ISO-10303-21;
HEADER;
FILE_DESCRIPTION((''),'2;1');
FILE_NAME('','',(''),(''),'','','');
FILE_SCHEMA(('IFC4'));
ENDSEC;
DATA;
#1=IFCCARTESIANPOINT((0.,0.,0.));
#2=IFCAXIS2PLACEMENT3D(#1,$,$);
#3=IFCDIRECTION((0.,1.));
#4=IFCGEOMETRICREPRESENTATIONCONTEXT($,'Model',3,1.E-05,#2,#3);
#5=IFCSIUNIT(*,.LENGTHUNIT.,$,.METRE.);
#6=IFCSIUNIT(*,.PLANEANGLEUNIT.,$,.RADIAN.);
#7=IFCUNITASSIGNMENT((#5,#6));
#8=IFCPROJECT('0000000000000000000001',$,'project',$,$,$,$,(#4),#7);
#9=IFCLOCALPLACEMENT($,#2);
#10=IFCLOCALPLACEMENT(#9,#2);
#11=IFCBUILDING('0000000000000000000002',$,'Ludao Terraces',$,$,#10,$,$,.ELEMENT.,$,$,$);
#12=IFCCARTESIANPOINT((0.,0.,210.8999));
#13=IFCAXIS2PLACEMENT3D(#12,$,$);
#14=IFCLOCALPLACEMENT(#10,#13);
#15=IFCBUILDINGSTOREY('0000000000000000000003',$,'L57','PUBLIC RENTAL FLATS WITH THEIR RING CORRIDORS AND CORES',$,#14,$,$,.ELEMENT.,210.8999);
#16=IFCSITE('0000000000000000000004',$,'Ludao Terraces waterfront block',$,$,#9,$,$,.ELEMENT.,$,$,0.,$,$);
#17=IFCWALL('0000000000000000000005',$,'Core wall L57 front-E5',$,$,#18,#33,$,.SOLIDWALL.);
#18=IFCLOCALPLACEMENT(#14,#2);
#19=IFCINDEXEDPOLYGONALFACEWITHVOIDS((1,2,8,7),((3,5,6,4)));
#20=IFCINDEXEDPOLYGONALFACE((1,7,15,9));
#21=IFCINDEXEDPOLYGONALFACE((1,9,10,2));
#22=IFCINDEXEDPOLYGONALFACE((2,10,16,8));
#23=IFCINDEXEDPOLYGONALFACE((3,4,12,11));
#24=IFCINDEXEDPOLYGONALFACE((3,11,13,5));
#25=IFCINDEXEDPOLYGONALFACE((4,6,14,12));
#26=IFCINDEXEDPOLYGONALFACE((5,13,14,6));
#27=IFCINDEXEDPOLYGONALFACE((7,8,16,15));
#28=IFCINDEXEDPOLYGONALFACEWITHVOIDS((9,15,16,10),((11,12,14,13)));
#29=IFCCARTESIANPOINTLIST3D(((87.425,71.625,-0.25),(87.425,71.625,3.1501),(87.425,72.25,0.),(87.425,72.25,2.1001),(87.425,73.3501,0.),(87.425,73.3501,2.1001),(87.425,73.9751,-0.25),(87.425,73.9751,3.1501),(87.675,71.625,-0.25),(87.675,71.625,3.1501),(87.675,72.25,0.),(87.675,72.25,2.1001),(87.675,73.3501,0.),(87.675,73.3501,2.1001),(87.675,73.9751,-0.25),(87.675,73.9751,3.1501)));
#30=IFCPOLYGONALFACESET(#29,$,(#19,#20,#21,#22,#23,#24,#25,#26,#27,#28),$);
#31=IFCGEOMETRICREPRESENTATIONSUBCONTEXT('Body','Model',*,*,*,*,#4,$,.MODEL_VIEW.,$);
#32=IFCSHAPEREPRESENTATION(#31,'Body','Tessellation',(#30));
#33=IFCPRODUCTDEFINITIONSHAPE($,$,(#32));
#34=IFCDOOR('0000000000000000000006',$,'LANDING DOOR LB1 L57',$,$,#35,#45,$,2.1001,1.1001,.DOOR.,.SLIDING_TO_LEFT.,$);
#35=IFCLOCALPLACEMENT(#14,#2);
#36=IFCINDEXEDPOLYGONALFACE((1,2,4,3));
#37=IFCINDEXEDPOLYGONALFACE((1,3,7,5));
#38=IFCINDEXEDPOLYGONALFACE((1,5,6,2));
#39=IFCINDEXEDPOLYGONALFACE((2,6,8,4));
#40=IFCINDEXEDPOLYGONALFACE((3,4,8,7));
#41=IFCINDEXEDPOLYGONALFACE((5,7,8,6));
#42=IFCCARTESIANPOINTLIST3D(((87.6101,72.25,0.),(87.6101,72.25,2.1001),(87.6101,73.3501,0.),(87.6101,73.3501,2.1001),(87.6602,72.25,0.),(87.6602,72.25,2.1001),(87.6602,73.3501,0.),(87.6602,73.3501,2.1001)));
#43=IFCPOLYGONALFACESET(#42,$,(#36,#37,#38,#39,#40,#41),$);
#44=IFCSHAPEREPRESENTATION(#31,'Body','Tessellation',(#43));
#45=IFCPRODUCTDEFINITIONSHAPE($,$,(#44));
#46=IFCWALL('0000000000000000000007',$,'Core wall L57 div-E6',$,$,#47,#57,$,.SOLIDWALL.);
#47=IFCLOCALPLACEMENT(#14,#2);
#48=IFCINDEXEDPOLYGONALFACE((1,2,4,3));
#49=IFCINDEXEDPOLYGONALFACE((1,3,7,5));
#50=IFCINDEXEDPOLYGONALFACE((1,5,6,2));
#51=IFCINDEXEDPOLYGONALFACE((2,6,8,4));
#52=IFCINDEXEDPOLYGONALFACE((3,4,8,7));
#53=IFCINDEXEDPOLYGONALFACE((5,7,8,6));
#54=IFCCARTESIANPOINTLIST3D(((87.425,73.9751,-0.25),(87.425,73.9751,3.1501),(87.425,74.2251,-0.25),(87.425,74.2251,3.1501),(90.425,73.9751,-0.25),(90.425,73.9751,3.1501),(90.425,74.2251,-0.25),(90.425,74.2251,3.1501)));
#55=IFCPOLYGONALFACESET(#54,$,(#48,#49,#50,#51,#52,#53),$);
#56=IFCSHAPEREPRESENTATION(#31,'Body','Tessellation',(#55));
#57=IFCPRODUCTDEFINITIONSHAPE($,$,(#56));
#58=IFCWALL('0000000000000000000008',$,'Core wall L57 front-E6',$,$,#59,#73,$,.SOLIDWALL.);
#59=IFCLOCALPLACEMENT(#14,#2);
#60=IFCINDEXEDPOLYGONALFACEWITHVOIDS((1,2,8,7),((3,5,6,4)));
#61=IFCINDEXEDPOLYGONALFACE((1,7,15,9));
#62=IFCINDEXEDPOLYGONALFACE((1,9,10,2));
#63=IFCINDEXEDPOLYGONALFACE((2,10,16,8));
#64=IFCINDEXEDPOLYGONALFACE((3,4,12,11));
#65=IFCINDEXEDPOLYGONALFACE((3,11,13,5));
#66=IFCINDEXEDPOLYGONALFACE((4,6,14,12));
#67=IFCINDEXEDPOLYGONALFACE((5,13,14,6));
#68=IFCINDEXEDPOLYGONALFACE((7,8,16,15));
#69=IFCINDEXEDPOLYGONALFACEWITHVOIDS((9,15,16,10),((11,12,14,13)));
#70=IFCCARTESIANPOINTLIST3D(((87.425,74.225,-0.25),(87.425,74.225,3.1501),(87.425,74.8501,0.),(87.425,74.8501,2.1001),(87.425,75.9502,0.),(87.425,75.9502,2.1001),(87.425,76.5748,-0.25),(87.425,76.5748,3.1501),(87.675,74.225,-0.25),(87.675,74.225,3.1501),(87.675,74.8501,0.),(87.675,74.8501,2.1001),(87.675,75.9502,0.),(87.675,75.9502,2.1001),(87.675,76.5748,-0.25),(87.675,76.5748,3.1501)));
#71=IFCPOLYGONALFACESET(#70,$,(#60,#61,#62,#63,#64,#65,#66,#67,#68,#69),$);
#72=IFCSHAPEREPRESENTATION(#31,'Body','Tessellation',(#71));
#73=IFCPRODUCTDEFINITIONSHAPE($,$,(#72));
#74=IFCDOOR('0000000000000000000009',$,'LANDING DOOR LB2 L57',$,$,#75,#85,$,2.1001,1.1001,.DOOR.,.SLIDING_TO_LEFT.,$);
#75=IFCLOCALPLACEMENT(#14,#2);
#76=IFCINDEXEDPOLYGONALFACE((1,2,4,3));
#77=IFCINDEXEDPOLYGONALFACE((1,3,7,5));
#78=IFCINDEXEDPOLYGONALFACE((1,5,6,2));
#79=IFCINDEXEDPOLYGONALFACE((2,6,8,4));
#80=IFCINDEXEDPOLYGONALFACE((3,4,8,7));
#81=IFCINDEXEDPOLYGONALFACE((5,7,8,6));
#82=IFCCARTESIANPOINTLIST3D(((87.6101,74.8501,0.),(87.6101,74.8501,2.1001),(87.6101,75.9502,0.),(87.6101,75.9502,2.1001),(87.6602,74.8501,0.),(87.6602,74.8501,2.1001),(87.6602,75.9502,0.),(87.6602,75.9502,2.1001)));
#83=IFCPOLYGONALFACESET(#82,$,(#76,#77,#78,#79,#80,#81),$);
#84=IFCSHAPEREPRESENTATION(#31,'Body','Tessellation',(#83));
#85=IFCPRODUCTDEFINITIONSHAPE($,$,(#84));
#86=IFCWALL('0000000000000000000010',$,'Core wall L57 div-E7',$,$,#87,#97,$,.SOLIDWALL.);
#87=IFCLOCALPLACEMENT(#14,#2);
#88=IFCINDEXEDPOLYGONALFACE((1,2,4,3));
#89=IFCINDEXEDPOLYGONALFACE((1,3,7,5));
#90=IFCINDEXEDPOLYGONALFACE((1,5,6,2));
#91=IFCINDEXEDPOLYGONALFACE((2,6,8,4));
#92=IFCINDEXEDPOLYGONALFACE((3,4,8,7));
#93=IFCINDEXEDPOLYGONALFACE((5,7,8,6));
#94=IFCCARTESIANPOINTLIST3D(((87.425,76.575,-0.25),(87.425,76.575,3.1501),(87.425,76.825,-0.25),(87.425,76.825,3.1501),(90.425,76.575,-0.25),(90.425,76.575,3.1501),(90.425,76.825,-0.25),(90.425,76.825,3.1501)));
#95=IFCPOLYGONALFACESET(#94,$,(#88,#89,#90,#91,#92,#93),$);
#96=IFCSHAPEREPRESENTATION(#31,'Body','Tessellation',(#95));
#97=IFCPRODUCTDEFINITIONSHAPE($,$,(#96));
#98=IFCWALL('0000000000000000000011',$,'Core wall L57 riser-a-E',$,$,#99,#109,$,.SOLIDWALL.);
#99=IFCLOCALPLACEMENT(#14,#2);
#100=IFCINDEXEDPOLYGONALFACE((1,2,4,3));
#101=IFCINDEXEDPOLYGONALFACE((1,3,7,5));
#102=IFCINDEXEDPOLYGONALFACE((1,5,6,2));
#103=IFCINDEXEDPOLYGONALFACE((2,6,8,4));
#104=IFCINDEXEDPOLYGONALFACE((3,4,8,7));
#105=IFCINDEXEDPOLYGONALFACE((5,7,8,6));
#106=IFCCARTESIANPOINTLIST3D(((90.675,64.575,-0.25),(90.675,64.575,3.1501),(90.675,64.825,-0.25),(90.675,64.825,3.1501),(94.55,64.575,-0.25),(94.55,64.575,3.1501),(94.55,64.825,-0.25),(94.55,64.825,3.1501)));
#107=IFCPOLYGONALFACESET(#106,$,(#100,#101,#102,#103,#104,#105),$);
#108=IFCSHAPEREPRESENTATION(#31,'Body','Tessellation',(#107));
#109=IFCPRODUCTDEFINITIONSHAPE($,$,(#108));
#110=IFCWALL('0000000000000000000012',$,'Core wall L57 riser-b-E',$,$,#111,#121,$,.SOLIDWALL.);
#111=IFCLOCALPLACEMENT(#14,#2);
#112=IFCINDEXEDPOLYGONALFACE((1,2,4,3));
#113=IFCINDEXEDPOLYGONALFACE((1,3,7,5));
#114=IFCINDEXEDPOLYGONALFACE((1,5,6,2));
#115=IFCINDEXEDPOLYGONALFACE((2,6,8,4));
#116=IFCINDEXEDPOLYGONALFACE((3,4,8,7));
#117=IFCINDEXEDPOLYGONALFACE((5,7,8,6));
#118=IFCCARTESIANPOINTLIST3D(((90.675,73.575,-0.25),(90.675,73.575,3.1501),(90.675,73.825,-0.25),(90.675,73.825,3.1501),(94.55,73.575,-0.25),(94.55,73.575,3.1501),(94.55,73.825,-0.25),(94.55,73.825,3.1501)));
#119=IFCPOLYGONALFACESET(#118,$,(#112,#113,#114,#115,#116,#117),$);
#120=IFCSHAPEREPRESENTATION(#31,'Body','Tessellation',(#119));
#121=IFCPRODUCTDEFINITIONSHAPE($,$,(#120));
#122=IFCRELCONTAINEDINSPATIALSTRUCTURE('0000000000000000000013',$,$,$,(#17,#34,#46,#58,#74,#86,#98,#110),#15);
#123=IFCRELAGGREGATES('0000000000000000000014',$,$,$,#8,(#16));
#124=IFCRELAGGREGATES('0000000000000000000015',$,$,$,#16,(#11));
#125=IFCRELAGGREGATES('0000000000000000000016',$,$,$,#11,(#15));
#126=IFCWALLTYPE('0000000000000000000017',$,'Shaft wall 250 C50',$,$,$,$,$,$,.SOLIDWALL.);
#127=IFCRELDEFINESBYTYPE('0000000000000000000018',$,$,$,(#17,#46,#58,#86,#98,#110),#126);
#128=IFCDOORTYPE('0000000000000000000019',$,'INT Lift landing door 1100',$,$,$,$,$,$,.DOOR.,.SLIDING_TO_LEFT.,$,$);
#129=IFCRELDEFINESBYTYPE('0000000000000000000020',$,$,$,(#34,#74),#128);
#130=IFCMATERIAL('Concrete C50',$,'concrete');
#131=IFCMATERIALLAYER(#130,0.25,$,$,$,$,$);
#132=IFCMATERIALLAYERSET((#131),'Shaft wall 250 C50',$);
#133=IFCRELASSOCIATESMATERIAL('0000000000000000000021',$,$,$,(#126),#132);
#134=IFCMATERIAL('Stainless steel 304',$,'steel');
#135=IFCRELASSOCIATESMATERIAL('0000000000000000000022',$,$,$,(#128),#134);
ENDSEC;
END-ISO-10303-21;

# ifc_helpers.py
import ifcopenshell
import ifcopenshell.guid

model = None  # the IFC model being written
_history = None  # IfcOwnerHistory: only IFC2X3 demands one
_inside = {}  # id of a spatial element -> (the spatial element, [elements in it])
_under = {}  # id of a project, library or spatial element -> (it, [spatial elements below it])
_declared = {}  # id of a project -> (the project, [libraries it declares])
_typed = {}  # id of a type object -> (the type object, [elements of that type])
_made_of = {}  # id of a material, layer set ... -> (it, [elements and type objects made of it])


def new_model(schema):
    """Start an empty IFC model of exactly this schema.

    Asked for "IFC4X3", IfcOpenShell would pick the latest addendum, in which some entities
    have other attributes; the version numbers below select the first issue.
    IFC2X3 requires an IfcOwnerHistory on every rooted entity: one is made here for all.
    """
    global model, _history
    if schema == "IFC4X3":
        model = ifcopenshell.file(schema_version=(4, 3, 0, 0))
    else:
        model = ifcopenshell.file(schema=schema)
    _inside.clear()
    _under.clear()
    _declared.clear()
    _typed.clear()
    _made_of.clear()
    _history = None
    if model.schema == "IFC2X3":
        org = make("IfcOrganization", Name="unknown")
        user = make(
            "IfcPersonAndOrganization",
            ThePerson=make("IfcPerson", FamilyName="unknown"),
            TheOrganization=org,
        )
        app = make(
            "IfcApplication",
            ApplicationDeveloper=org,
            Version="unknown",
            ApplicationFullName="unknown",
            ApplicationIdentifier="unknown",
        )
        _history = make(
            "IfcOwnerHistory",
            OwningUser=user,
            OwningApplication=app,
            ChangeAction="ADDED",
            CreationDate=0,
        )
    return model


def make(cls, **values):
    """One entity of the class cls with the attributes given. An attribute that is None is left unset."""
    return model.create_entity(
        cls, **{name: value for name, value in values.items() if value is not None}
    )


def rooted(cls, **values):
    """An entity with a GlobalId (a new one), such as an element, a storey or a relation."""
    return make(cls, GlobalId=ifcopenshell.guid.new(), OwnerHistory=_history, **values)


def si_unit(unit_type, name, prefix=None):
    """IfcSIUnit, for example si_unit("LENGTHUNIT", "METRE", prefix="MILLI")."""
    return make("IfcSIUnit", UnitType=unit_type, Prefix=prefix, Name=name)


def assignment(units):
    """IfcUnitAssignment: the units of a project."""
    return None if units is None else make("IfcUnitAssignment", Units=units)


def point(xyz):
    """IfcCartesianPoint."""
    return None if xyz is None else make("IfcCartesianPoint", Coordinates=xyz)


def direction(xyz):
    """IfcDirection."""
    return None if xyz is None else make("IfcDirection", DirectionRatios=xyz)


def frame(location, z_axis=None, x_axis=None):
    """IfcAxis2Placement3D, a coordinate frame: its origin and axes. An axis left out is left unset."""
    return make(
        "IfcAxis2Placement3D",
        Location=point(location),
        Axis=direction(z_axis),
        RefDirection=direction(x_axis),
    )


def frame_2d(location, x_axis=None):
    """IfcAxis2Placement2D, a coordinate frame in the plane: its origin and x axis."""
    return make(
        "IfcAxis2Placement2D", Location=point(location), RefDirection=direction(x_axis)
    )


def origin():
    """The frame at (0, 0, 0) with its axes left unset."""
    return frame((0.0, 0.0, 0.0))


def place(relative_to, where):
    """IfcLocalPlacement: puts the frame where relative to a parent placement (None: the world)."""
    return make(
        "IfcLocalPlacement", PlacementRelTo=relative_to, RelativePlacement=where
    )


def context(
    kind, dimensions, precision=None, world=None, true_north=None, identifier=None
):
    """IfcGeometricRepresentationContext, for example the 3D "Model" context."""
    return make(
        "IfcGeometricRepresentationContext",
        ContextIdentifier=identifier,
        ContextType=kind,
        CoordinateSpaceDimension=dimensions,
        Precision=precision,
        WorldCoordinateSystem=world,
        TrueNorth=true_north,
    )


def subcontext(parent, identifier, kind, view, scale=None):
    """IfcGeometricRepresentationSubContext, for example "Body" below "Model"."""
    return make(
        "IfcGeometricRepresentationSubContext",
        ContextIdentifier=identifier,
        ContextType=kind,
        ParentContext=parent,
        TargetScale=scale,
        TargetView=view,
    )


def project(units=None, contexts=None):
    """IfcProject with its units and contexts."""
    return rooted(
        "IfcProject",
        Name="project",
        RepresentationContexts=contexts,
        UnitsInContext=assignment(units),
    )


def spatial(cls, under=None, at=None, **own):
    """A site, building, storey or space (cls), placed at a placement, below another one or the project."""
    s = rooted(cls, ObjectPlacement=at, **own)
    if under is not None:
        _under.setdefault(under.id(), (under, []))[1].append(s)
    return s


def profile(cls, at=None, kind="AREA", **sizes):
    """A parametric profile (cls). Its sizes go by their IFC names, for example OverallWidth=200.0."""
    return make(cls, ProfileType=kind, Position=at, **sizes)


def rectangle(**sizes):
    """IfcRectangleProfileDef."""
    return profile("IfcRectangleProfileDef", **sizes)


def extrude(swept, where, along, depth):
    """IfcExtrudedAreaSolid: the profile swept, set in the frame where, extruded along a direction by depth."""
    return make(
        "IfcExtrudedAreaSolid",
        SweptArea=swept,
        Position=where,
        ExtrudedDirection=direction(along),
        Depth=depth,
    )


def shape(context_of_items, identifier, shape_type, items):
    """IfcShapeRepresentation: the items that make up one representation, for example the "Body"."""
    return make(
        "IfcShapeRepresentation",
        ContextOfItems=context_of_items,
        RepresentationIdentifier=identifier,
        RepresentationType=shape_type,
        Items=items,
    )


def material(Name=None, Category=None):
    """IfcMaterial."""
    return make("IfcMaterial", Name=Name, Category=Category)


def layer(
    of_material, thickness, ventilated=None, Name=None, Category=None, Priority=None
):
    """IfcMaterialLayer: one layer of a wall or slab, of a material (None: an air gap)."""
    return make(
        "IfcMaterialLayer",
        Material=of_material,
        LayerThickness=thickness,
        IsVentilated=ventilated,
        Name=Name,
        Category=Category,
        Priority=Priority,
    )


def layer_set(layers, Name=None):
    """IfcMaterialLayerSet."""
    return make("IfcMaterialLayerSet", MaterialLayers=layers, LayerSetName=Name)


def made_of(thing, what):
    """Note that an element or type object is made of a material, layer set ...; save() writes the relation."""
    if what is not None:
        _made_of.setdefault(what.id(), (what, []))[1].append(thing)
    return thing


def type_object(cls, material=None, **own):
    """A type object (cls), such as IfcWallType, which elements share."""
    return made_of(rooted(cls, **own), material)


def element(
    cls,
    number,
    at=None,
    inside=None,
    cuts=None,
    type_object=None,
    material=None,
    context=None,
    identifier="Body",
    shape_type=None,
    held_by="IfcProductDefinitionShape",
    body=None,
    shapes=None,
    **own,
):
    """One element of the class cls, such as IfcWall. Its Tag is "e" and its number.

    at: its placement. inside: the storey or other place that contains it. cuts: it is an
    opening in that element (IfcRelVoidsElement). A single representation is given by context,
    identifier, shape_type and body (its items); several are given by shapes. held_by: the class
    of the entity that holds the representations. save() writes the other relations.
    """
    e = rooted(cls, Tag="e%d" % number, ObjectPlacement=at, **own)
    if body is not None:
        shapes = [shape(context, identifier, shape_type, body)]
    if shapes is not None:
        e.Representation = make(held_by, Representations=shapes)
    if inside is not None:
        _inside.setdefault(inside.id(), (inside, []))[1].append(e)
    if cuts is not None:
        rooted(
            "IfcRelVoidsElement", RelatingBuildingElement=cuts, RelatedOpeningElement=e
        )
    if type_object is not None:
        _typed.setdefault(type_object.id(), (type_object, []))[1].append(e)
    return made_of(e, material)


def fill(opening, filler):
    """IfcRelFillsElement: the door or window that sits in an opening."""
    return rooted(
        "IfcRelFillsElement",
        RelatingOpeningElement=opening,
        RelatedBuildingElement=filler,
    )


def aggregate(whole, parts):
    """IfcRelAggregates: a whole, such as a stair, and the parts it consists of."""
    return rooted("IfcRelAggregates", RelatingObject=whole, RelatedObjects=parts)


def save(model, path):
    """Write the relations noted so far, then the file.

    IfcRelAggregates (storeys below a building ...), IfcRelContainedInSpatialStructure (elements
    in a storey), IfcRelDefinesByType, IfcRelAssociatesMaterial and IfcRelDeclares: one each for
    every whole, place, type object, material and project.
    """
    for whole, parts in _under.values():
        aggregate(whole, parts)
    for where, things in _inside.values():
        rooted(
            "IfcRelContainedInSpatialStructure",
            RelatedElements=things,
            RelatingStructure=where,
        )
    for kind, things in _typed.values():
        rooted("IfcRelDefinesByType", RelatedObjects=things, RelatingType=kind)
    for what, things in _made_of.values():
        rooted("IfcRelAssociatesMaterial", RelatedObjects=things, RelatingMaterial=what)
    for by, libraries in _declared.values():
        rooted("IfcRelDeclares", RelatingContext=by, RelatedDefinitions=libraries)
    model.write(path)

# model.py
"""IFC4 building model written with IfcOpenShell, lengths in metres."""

from ifc_helpers import new_model, si_unit, direction, frame, frame_2d, origin, place, context, subcontext, project, spatial, rectangle, extrude, material, layer, layer_set, type_object, element, fill, save


model = new_model("IFC4")

# Units and contexts
model_context = context("Model", 3, precision=1e-05, world=origin(), true_north=direction((0.0, 1.0)))
body_context = subcontext(model_context, "Body", "Model", "MODEL_VIEW")
ifc_project = project(units=[si_unit("LENGTHUNIT", "METRE"), si_unit("PLANEANGLEUNIT", "RADIAN")], contexts=[model_context])

# Site, building, storey
site_placement = place(None, origin())
site = spatial("IfcSite", under=ifc_project, at=site_placement, Name="Ludao Terraces waterfront block", CompositionType="ELEMENT", RefElevation=0.0)
building_placement = place(site_placement, origin())
building = spatial("IfcBuilding", under=site, at=building_placement, Name="Ludao Terraces", CompositionType="ELEMENT")
storey_placement = place(building_placement, frame((0.0, 0.0, 210.8999)))
storey = spatial("IfcBuildingStorey", under=building, at=storey_placement, Name="L57", Description="PUBLIC RENTAL FLATS WITH THEIR RING CORRIDORS AND CORES", CompositionType="ELEMENT", Elevation=210.8999)

# Shared definitions
ifc_material_1 = material(Name="Concrete C50", Category="concrete")
ifc_layer_1 = layer(ifc_material_1, 0.25)
ifc_layer_set_1 = layer_set([ifc_layer_1], Name="Shaft wall 250 C50")
wall_type_1 = type_object("IfcWallType", Name="Shaft wall 250 C50", PredefinedType="SOLIDWALL", material=ifc_layer_set_1)

# Wall, opening, door
wall_1_placement = place(storey_placement, frame((87.55, 71.625, -0.25), z_axis=(0.0, 0.0, 1.0), x_axis=(0.0, 1.0, 0.0)))
wall_1 = element("IfcWall", 1, at=wall_1_placement, inside=storey, type_object=wall_type_1, Name="Core wall L57 front-E5", PredefinedType="SOLIDWALL", context=body_context, shape_type="SweptSolid", body=[
    extrude(rectangle(XDim=2.3501, YDim=0.25, at=frame_2d((1.175, 0.0))), origin(), (0.0, 0.0, 1.0), 3.4001),
])
opening_1_placement = place(wall_1_placement, frame((0.625, 0.0, 0.25)))
opening_1 = element("IfcOpeningElement", 2, at=opening_1_placement, cuts=wall_1, PredefinedType="OPENING", context=body_context, shape_type="SweptSolid", body=[
    extrude(rectangle(XDim=1.1001, YDim=2.1001, at=frame_2d((0.55, 1.05))), frame((0.0, 0.135, 0.0), z_axis=(0.0, -1.0, 0.0), x_axis=(1.0, 0.0, 0.0)), (0.0, 0.0, 1.0), 0.27),
])
ifc_material_2 = material(Name="Stainless steel 304", Category="steel")
door_type_1 = type_object("IfcDoorType", Name="INT Lift landing door 1100", OperationType="SLIDING_TO_LEFT", PredefinedType="DOOR", material=ifc_material_2)
door_1_placement = place(opening_1_placement, origin())
door_1 = element("IfcDoor", 3, at=door_1_placement, inside=storey, type_object=door_type_1, Name="LANDING DOOR LB1 L57", OperationType="SLIDING_TO_LEFT", OverallHeight=2.1001, OverallWidth=1.1001, PredefinedType="DOOR", context=body_context, shape_type="SweptSolid", body=[
    extrude(rectangle(XDim=1.1001, YDim=2.1001, at=frame_2d((0.55, 1.05))), frame((0.0, -0.0601, 0.0), z_axis=(0.0, -1.0, 0.0), x_axis=(1.0, 0.0, 0.0)), (0.0, 0.0, 1.0), 0.05),
])
fill(opening_1, door_1)

# Wall
wall_2_placement = place(storey_placement, frame((87.425, 74.1001, -0.25), z_axis=(0.0, 0.0, 1.0), x_axis=(1.0, 0.0, 0.0)))
element("IfcWall", 4, at=wall_2_placement, inside=storey, type_object=wall_type_1, Name="Core wall L57 div-E6", PredefinedType="SOLIDWALL", context=body_context, shape_type="SweptSolid", body=[
    extrude(rectangle(XDim=3.0, YDim=0.25, at=frame_2d((1.5, 0.0))), origin(), (0.0, 0.0, 1.0), 3.4001),
])

# Wall, opening, door
wall_3_placement = place(storey_placement, frame((87.55, 74.2251, -0.25), z_axis=(0.0, 0.0, 1.0), x_axis=(0.0, 1.0, 0.0)))
wall_3 = element("IfcWall", 5, at=wall_3_placement, inside=storey, type_object=wall_type_1, Name="Core wall L57 front-E6", PredefinedType="SOLIDWALL", context=body_context, shape_type="SweptSolid", body=[
    extrude(rectangle(XDim=2.3499, YDim=0.25, at=frame_2d((1.1748, 0.0))), origin(), (0.0, 0.0, 1.0), 3.4001),
])
opening_2_placement = place(wall_3_placement, frame((0.625, 0.0, 0.25)))
opening_2 = element("IfcOpeningElement", 6, at=opening_2_placement, cuts=wall_3, PredefinedType="OPENING", context=body_context, shape_type="SweptSolid", body=[
    extrude(rectangle(XDim=1.1001, YDim=2.1001, at=frame_2d((0.55, 1.05))), frame((0.0, 0.135, 0.0), z_axis=(0.0, -1.0, 0.0), x_axis=(1.0, 0.0, 0.0)), (0.0, 0.0, 1.0), 0.27),
])
door_2_placement = place(opening_2_placement, origin())
door_2 = element("IfcDoor", 7, at=door_2_placement, inside=storey, type_object=door_type_1, Name="LANDING DOOR LB2 L57", OperationType="SLIDING_TO_LEFT", OverallHeight=2.1001, OverallWidth=1.1001, PredefinedType="DOOR", context=body_context, shape_type="SweptSolid", body=[
    extrude(rectangle(XDim=1.1001, YDim=2.1001, at=frame_2d((0.55, 1.05))), frame((0.0, -0.0601, 0.0), z_axis=(0.0, -1.0, 0.0), x_axis=(1.0, 0.0, 0.0)), (0.0, 0.0, 1.0), 0.05),
])
fill(opening_2, door_2)

# Walls
wall_4_placement = place(storey_placement, frame((87.425, 76.7, -0.25), z_axis=(0.0, 0.0, 1.0), x_axis=(1.0, 0.0, 0.0)))
element("IfcWall", 8, at=wall_4_placement, inside=storey, type_object=wall_type_1, Name="Core wall L57 div-E7", PredefinedType="SOLIDWALL", context=body_context, shape_type="SweptSolid", body=[
    extrude(rectangle(XDim=3.0, YDim=0.25, at=frame_2d((1.5, 0.0))), origin(), (0.0, 0.0, 1.0), 3.4001),
])
for number, where, z_axis, x_axis, name in (
    (9, (90.675, 64.7, -0.25), (0.0, 0.0, 1.0), (1.0, 0.0, 0.0), "Core wall L57 riser-a-E"),
    (10, (90.675, 73.7, -0.25), (0.0, 0.0, 1.0), (1.0, 0.0, 0.0), "Core wall L57 riser-b-E"),
):
    element("IfcWall", number, at=place(storey_placement, frame(where, z_axis=z_axis, x_axis=x_axis)), inside=storey, type_object=wall_type_1, Name=name, PredefinedType="SOLIDWALL", context=body_context, shape_type="SweptSolid", body=[
        extrude(rectangle(XDim=3.875, YDim=0.25, at=frame_2d((1.9375, 0.0))), origin(), (0.0, 0.0, 1.0), 3.4001),
    ])

save(model, "model.ifc")
